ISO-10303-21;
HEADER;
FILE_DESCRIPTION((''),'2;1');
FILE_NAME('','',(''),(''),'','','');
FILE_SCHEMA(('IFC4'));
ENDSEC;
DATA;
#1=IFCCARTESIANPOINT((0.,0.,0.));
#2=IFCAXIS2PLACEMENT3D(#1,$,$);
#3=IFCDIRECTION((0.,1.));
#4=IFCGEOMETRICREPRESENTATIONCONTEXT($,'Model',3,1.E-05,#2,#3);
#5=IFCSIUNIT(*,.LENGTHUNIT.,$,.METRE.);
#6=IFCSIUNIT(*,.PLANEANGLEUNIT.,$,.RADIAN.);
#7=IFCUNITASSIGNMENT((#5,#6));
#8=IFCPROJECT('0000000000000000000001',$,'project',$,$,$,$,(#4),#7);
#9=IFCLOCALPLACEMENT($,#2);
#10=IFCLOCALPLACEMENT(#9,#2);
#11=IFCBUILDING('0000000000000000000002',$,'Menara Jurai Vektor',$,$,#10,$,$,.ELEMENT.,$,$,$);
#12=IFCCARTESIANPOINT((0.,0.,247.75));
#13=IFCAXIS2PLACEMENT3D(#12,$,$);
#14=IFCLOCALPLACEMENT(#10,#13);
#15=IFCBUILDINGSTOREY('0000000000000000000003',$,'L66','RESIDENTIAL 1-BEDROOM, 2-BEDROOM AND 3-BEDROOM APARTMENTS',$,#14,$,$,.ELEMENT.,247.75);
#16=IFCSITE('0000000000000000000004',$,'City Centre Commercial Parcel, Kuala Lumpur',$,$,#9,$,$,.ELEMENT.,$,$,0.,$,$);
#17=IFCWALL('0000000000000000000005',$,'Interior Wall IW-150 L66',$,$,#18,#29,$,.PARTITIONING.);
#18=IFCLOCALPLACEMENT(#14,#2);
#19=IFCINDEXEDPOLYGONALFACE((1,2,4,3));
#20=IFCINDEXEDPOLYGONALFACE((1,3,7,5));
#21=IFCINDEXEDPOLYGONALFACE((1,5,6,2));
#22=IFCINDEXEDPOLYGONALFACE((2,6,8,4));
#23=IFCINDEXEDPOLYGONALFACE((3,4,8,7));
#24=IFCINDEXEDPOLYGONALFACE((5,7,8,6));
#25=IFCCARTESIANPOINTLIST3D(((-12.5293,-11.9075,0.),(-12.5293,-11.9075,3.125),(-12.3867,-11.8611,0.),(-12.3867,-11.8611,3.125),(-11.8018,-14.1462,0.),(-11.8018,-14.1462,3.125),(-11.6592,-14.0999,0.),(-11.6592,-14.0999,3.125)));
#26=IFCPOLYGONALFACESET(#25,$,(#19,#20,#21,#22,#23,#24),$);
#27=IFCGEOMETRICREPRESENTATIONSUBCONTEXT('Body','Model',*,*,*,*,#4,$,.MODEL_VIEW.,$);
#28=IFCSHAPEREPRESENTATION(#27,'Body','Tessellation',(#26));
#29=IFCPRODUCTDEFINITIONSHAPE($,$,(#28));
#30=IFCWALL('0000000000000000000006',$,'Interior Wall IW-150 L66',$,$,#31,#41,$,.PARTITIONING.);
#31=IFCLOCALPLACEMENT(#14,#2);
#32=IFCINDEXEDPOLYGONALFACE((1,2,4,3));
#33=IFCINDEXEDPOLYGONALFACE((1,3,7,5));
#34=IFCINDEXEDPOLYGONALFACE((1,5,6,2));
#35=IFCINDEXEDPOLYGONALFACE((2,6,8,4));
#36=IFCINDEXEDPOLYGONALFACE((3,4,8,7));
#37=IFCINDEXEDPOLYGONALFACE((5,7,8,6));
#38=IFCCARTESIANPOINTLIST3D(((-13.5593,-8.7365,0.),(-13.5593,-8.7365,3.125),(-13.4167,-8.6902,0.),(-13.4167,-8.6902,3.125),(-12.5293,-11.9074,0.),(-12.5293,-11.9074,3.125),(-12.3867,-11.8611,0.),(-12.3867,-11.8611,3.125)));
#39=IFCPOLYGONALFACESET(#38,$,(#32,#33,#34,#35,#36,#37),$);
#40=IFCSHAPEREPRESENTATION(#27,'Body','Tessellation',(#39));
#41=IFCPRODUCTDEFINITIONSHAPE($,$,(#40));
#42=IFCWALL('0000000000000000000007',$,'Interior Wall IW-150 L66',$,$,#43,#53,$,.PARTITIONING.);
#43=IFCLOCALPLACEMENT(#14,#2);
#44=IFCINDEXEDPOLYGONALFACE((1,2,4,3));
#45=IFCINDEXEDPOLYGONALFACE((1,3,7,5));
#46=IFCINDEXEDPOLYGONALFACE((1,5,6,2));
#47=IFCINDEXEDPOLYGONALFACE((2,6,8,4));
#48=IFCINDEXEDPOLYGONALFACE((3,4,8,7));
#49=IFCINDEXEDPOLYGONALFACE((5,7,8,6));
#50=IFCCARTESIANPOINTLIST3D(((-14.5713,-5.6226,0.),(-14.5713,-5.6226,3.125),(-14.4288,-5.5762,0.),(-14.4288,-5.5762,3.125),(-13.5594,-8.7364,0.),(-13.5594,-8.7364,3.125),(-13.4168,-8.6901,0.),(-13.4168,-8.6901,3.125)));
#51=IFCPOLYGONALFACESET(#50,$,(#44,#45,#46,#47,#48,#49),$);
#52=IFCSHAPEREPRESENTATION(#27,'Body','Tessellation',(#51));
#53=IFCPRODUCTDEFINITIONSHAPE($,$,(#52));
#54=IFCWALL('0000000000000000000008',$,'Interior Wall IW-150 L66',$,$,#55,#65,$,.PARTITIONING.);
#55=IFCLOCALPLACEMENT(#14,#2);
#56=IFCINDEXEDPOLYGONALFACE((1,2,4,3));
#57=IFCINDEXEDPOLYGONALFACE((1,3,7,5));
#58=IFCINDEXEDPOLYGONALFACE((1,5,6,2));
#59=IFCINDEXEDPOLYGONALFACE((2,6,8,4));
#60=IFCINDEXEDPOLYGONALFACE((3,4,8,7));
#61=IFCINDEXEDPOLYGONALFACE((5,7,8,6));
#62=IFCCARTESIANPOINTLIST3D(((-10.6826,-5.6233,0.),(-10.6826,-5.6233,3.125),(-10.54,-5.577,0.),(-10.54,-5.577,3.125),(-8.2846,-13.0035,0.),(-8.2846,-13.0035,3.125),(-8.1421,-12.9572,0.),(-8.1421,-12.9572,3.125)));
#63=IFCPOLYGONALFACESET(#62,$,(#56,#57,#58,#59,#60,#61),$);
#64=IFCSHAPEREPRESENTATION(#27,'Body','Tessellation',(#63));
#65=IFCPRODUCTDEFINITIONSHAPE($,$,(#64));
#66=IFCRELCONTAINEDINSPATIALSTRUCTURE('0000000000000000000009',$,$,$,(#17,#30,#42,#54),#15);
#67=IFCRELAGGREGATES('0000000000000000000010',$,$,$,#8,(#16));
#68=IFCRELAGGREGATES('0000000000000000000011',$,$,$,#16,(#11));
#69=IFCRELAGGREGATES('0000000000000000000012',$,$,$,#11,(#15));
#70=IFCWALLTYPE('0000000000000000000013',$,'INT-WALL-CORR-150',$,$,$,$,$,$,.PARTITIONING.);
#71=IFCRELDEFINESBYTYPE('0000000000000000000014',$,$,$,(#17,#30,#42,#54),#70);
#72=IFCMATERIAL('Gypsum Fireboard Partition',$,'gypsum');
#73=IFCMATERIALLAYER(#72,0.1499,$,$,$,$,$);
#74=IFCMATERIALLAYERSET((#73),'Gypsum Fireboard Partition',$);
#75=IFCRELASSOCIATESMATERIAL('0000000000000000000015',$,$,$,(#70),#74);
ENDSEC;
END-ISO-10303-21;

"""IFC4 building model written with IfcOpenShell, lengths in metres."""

from ifc_helpers import new_model, si_unit, direction, frame, frame_2d, origin, place, context, subcontext, project, spatial, rectangle, extrude, material, layer, layer_set, type_object, element, save


model = new_model("IFC4")

# Units and contexts
model_context = context("Model", 3, precision=1e-05, world=origin(), true_north=direction((0.0, 1.0)))
body_context = subcontext(model_context, "Body", "Model", "MODEL_VIEW")
ifc_project = project(units=[si_unit("LENGTHUNIT", "METRE"), si_unit("PLANEANGLEUNIT", "RADIAN")], contexts=[model_context])

# Site, building, storey
site_placement = place(None, origin())
site = spatial("IfcSite", under=ifc_project, at=site_placement, Name="City Centre Commercial Parcel, Kuala Lumpur", CompositionType="ELEMENT", RefElevation=0.0)
building_placement = place(site_placement, origin())
building = spatial("IfcBuilding", under=site, at=building_placement, Name="Menara Jurai Vektor", CompositionType="ELEMENT")
storey_placement = place(building_placement, frame((0.0, 0.0, 247.75)))
storey = spatial("IfcBuildingStorey", under=building, at=storey_placement, Name="L66", Description="RESIDENTIAL 1-BEDROOM, 2-BEDROOM AND 3-BEDROOM APARTMENTS", CompositionType="ELEMENT", Elevation=247.75)

# Shared definitions
ifc_material_1 = material(Name="Gypsum Fireboard Partition", Category="gypsum")
ifc_layer = layer(ifc_material_1, 0.1499)
ifc_layer_set = layer_set([ifc_layer], Name="Gypsum Fireboard Partition")
wall_type = type_object("IfcWallType", Name="INT-WALL-CORR-150", PredefinedType="PARTITIONING", material=ifc_layer_set)

# Walls
wall_1_placement = place(storey_placement, frame((-11.7305, -14.123, 0.0), z_axis=(0.0, 0.0, 1.0), x_axis=(-0.309063, 0.951042, 0.0)))
element("IfcWall", 1, at=wall_1_placement, inside=storey, type_object=wall_type, Name="Interior Wall IW-150 L66", PredefinedType="PARTITIONING", context=body_context, shape_type="SweptSolid", body=[
    extrude(rectangle(XDim=2.354, YDim=0.1499, at=frame_2d((1.177, 0.0))), origin(), (0.0, 0.0, 1.0), 3.125),
])
wall_2_placement = place(storey_placement, frame((-12.458, -11.8843, 0.0), z_axis=(0.0, 0.0, 1.0), x_axis=(-0.308947, 0.951079, 0.0)))
element("IfcWall", 2, at=wall_2_placement, inside=storey, type_object=wall_type, Name="Interior Wall IW-150 L66", PredefinedType="PARTITIONING", context=body_context, shape_type="SweptSolid", body=[
    extrude(rectangle(XDim=3.334, YDim=0.1499, at=frame_2d((1.667, 0.0))), origin(), (0.0, 0.0, 1.0), 3.125),
])
wall_3_placement = place(storey_placement, frame((-13.488, -8.7134, 0.0), z_axis=(0.0, 0.0, 1.0), x_axis=(-0.309083, 0.951035, 0.0)))
element("IfcWall", 3, at=wall_3_placement, inside=storey, type_object=wall_type, Name="Interior Wall IW-150 L66", PredefinedType="PARTITIONING", context=body_context, shape_type="SweptSolid", body=[
    extrude(rectangle(XDim=3.2742, YDim=0.1499, at=frame_2d((1.6372, 0.0))), origin(), (0.0, 0.0, 1.0), 3.125),
])
wall_4_placement = place(storey_placement, frame((-8.2134, -12.9802, 0.0), z_axis=(0.0, 0.0, 1.0), x_axis=(-0.309017, 0.951056, 0.0)))
element("IfcWall", 4, at=wall_4_placement, inside=storey, type_object=wall_type, Name="Interior Wall IW-150 L66", PredefinedType="PARTITIONING", context=body_context, shape_type="SweptSolid", body=[
    extrude(rectangle(XDim=7.76, YDim=0.1499, at=frame_2d((3.8799, 0.0))), origin(), (0.0, 0.0, 1.0), 3.125),
])

save(model, "model.ifc")
